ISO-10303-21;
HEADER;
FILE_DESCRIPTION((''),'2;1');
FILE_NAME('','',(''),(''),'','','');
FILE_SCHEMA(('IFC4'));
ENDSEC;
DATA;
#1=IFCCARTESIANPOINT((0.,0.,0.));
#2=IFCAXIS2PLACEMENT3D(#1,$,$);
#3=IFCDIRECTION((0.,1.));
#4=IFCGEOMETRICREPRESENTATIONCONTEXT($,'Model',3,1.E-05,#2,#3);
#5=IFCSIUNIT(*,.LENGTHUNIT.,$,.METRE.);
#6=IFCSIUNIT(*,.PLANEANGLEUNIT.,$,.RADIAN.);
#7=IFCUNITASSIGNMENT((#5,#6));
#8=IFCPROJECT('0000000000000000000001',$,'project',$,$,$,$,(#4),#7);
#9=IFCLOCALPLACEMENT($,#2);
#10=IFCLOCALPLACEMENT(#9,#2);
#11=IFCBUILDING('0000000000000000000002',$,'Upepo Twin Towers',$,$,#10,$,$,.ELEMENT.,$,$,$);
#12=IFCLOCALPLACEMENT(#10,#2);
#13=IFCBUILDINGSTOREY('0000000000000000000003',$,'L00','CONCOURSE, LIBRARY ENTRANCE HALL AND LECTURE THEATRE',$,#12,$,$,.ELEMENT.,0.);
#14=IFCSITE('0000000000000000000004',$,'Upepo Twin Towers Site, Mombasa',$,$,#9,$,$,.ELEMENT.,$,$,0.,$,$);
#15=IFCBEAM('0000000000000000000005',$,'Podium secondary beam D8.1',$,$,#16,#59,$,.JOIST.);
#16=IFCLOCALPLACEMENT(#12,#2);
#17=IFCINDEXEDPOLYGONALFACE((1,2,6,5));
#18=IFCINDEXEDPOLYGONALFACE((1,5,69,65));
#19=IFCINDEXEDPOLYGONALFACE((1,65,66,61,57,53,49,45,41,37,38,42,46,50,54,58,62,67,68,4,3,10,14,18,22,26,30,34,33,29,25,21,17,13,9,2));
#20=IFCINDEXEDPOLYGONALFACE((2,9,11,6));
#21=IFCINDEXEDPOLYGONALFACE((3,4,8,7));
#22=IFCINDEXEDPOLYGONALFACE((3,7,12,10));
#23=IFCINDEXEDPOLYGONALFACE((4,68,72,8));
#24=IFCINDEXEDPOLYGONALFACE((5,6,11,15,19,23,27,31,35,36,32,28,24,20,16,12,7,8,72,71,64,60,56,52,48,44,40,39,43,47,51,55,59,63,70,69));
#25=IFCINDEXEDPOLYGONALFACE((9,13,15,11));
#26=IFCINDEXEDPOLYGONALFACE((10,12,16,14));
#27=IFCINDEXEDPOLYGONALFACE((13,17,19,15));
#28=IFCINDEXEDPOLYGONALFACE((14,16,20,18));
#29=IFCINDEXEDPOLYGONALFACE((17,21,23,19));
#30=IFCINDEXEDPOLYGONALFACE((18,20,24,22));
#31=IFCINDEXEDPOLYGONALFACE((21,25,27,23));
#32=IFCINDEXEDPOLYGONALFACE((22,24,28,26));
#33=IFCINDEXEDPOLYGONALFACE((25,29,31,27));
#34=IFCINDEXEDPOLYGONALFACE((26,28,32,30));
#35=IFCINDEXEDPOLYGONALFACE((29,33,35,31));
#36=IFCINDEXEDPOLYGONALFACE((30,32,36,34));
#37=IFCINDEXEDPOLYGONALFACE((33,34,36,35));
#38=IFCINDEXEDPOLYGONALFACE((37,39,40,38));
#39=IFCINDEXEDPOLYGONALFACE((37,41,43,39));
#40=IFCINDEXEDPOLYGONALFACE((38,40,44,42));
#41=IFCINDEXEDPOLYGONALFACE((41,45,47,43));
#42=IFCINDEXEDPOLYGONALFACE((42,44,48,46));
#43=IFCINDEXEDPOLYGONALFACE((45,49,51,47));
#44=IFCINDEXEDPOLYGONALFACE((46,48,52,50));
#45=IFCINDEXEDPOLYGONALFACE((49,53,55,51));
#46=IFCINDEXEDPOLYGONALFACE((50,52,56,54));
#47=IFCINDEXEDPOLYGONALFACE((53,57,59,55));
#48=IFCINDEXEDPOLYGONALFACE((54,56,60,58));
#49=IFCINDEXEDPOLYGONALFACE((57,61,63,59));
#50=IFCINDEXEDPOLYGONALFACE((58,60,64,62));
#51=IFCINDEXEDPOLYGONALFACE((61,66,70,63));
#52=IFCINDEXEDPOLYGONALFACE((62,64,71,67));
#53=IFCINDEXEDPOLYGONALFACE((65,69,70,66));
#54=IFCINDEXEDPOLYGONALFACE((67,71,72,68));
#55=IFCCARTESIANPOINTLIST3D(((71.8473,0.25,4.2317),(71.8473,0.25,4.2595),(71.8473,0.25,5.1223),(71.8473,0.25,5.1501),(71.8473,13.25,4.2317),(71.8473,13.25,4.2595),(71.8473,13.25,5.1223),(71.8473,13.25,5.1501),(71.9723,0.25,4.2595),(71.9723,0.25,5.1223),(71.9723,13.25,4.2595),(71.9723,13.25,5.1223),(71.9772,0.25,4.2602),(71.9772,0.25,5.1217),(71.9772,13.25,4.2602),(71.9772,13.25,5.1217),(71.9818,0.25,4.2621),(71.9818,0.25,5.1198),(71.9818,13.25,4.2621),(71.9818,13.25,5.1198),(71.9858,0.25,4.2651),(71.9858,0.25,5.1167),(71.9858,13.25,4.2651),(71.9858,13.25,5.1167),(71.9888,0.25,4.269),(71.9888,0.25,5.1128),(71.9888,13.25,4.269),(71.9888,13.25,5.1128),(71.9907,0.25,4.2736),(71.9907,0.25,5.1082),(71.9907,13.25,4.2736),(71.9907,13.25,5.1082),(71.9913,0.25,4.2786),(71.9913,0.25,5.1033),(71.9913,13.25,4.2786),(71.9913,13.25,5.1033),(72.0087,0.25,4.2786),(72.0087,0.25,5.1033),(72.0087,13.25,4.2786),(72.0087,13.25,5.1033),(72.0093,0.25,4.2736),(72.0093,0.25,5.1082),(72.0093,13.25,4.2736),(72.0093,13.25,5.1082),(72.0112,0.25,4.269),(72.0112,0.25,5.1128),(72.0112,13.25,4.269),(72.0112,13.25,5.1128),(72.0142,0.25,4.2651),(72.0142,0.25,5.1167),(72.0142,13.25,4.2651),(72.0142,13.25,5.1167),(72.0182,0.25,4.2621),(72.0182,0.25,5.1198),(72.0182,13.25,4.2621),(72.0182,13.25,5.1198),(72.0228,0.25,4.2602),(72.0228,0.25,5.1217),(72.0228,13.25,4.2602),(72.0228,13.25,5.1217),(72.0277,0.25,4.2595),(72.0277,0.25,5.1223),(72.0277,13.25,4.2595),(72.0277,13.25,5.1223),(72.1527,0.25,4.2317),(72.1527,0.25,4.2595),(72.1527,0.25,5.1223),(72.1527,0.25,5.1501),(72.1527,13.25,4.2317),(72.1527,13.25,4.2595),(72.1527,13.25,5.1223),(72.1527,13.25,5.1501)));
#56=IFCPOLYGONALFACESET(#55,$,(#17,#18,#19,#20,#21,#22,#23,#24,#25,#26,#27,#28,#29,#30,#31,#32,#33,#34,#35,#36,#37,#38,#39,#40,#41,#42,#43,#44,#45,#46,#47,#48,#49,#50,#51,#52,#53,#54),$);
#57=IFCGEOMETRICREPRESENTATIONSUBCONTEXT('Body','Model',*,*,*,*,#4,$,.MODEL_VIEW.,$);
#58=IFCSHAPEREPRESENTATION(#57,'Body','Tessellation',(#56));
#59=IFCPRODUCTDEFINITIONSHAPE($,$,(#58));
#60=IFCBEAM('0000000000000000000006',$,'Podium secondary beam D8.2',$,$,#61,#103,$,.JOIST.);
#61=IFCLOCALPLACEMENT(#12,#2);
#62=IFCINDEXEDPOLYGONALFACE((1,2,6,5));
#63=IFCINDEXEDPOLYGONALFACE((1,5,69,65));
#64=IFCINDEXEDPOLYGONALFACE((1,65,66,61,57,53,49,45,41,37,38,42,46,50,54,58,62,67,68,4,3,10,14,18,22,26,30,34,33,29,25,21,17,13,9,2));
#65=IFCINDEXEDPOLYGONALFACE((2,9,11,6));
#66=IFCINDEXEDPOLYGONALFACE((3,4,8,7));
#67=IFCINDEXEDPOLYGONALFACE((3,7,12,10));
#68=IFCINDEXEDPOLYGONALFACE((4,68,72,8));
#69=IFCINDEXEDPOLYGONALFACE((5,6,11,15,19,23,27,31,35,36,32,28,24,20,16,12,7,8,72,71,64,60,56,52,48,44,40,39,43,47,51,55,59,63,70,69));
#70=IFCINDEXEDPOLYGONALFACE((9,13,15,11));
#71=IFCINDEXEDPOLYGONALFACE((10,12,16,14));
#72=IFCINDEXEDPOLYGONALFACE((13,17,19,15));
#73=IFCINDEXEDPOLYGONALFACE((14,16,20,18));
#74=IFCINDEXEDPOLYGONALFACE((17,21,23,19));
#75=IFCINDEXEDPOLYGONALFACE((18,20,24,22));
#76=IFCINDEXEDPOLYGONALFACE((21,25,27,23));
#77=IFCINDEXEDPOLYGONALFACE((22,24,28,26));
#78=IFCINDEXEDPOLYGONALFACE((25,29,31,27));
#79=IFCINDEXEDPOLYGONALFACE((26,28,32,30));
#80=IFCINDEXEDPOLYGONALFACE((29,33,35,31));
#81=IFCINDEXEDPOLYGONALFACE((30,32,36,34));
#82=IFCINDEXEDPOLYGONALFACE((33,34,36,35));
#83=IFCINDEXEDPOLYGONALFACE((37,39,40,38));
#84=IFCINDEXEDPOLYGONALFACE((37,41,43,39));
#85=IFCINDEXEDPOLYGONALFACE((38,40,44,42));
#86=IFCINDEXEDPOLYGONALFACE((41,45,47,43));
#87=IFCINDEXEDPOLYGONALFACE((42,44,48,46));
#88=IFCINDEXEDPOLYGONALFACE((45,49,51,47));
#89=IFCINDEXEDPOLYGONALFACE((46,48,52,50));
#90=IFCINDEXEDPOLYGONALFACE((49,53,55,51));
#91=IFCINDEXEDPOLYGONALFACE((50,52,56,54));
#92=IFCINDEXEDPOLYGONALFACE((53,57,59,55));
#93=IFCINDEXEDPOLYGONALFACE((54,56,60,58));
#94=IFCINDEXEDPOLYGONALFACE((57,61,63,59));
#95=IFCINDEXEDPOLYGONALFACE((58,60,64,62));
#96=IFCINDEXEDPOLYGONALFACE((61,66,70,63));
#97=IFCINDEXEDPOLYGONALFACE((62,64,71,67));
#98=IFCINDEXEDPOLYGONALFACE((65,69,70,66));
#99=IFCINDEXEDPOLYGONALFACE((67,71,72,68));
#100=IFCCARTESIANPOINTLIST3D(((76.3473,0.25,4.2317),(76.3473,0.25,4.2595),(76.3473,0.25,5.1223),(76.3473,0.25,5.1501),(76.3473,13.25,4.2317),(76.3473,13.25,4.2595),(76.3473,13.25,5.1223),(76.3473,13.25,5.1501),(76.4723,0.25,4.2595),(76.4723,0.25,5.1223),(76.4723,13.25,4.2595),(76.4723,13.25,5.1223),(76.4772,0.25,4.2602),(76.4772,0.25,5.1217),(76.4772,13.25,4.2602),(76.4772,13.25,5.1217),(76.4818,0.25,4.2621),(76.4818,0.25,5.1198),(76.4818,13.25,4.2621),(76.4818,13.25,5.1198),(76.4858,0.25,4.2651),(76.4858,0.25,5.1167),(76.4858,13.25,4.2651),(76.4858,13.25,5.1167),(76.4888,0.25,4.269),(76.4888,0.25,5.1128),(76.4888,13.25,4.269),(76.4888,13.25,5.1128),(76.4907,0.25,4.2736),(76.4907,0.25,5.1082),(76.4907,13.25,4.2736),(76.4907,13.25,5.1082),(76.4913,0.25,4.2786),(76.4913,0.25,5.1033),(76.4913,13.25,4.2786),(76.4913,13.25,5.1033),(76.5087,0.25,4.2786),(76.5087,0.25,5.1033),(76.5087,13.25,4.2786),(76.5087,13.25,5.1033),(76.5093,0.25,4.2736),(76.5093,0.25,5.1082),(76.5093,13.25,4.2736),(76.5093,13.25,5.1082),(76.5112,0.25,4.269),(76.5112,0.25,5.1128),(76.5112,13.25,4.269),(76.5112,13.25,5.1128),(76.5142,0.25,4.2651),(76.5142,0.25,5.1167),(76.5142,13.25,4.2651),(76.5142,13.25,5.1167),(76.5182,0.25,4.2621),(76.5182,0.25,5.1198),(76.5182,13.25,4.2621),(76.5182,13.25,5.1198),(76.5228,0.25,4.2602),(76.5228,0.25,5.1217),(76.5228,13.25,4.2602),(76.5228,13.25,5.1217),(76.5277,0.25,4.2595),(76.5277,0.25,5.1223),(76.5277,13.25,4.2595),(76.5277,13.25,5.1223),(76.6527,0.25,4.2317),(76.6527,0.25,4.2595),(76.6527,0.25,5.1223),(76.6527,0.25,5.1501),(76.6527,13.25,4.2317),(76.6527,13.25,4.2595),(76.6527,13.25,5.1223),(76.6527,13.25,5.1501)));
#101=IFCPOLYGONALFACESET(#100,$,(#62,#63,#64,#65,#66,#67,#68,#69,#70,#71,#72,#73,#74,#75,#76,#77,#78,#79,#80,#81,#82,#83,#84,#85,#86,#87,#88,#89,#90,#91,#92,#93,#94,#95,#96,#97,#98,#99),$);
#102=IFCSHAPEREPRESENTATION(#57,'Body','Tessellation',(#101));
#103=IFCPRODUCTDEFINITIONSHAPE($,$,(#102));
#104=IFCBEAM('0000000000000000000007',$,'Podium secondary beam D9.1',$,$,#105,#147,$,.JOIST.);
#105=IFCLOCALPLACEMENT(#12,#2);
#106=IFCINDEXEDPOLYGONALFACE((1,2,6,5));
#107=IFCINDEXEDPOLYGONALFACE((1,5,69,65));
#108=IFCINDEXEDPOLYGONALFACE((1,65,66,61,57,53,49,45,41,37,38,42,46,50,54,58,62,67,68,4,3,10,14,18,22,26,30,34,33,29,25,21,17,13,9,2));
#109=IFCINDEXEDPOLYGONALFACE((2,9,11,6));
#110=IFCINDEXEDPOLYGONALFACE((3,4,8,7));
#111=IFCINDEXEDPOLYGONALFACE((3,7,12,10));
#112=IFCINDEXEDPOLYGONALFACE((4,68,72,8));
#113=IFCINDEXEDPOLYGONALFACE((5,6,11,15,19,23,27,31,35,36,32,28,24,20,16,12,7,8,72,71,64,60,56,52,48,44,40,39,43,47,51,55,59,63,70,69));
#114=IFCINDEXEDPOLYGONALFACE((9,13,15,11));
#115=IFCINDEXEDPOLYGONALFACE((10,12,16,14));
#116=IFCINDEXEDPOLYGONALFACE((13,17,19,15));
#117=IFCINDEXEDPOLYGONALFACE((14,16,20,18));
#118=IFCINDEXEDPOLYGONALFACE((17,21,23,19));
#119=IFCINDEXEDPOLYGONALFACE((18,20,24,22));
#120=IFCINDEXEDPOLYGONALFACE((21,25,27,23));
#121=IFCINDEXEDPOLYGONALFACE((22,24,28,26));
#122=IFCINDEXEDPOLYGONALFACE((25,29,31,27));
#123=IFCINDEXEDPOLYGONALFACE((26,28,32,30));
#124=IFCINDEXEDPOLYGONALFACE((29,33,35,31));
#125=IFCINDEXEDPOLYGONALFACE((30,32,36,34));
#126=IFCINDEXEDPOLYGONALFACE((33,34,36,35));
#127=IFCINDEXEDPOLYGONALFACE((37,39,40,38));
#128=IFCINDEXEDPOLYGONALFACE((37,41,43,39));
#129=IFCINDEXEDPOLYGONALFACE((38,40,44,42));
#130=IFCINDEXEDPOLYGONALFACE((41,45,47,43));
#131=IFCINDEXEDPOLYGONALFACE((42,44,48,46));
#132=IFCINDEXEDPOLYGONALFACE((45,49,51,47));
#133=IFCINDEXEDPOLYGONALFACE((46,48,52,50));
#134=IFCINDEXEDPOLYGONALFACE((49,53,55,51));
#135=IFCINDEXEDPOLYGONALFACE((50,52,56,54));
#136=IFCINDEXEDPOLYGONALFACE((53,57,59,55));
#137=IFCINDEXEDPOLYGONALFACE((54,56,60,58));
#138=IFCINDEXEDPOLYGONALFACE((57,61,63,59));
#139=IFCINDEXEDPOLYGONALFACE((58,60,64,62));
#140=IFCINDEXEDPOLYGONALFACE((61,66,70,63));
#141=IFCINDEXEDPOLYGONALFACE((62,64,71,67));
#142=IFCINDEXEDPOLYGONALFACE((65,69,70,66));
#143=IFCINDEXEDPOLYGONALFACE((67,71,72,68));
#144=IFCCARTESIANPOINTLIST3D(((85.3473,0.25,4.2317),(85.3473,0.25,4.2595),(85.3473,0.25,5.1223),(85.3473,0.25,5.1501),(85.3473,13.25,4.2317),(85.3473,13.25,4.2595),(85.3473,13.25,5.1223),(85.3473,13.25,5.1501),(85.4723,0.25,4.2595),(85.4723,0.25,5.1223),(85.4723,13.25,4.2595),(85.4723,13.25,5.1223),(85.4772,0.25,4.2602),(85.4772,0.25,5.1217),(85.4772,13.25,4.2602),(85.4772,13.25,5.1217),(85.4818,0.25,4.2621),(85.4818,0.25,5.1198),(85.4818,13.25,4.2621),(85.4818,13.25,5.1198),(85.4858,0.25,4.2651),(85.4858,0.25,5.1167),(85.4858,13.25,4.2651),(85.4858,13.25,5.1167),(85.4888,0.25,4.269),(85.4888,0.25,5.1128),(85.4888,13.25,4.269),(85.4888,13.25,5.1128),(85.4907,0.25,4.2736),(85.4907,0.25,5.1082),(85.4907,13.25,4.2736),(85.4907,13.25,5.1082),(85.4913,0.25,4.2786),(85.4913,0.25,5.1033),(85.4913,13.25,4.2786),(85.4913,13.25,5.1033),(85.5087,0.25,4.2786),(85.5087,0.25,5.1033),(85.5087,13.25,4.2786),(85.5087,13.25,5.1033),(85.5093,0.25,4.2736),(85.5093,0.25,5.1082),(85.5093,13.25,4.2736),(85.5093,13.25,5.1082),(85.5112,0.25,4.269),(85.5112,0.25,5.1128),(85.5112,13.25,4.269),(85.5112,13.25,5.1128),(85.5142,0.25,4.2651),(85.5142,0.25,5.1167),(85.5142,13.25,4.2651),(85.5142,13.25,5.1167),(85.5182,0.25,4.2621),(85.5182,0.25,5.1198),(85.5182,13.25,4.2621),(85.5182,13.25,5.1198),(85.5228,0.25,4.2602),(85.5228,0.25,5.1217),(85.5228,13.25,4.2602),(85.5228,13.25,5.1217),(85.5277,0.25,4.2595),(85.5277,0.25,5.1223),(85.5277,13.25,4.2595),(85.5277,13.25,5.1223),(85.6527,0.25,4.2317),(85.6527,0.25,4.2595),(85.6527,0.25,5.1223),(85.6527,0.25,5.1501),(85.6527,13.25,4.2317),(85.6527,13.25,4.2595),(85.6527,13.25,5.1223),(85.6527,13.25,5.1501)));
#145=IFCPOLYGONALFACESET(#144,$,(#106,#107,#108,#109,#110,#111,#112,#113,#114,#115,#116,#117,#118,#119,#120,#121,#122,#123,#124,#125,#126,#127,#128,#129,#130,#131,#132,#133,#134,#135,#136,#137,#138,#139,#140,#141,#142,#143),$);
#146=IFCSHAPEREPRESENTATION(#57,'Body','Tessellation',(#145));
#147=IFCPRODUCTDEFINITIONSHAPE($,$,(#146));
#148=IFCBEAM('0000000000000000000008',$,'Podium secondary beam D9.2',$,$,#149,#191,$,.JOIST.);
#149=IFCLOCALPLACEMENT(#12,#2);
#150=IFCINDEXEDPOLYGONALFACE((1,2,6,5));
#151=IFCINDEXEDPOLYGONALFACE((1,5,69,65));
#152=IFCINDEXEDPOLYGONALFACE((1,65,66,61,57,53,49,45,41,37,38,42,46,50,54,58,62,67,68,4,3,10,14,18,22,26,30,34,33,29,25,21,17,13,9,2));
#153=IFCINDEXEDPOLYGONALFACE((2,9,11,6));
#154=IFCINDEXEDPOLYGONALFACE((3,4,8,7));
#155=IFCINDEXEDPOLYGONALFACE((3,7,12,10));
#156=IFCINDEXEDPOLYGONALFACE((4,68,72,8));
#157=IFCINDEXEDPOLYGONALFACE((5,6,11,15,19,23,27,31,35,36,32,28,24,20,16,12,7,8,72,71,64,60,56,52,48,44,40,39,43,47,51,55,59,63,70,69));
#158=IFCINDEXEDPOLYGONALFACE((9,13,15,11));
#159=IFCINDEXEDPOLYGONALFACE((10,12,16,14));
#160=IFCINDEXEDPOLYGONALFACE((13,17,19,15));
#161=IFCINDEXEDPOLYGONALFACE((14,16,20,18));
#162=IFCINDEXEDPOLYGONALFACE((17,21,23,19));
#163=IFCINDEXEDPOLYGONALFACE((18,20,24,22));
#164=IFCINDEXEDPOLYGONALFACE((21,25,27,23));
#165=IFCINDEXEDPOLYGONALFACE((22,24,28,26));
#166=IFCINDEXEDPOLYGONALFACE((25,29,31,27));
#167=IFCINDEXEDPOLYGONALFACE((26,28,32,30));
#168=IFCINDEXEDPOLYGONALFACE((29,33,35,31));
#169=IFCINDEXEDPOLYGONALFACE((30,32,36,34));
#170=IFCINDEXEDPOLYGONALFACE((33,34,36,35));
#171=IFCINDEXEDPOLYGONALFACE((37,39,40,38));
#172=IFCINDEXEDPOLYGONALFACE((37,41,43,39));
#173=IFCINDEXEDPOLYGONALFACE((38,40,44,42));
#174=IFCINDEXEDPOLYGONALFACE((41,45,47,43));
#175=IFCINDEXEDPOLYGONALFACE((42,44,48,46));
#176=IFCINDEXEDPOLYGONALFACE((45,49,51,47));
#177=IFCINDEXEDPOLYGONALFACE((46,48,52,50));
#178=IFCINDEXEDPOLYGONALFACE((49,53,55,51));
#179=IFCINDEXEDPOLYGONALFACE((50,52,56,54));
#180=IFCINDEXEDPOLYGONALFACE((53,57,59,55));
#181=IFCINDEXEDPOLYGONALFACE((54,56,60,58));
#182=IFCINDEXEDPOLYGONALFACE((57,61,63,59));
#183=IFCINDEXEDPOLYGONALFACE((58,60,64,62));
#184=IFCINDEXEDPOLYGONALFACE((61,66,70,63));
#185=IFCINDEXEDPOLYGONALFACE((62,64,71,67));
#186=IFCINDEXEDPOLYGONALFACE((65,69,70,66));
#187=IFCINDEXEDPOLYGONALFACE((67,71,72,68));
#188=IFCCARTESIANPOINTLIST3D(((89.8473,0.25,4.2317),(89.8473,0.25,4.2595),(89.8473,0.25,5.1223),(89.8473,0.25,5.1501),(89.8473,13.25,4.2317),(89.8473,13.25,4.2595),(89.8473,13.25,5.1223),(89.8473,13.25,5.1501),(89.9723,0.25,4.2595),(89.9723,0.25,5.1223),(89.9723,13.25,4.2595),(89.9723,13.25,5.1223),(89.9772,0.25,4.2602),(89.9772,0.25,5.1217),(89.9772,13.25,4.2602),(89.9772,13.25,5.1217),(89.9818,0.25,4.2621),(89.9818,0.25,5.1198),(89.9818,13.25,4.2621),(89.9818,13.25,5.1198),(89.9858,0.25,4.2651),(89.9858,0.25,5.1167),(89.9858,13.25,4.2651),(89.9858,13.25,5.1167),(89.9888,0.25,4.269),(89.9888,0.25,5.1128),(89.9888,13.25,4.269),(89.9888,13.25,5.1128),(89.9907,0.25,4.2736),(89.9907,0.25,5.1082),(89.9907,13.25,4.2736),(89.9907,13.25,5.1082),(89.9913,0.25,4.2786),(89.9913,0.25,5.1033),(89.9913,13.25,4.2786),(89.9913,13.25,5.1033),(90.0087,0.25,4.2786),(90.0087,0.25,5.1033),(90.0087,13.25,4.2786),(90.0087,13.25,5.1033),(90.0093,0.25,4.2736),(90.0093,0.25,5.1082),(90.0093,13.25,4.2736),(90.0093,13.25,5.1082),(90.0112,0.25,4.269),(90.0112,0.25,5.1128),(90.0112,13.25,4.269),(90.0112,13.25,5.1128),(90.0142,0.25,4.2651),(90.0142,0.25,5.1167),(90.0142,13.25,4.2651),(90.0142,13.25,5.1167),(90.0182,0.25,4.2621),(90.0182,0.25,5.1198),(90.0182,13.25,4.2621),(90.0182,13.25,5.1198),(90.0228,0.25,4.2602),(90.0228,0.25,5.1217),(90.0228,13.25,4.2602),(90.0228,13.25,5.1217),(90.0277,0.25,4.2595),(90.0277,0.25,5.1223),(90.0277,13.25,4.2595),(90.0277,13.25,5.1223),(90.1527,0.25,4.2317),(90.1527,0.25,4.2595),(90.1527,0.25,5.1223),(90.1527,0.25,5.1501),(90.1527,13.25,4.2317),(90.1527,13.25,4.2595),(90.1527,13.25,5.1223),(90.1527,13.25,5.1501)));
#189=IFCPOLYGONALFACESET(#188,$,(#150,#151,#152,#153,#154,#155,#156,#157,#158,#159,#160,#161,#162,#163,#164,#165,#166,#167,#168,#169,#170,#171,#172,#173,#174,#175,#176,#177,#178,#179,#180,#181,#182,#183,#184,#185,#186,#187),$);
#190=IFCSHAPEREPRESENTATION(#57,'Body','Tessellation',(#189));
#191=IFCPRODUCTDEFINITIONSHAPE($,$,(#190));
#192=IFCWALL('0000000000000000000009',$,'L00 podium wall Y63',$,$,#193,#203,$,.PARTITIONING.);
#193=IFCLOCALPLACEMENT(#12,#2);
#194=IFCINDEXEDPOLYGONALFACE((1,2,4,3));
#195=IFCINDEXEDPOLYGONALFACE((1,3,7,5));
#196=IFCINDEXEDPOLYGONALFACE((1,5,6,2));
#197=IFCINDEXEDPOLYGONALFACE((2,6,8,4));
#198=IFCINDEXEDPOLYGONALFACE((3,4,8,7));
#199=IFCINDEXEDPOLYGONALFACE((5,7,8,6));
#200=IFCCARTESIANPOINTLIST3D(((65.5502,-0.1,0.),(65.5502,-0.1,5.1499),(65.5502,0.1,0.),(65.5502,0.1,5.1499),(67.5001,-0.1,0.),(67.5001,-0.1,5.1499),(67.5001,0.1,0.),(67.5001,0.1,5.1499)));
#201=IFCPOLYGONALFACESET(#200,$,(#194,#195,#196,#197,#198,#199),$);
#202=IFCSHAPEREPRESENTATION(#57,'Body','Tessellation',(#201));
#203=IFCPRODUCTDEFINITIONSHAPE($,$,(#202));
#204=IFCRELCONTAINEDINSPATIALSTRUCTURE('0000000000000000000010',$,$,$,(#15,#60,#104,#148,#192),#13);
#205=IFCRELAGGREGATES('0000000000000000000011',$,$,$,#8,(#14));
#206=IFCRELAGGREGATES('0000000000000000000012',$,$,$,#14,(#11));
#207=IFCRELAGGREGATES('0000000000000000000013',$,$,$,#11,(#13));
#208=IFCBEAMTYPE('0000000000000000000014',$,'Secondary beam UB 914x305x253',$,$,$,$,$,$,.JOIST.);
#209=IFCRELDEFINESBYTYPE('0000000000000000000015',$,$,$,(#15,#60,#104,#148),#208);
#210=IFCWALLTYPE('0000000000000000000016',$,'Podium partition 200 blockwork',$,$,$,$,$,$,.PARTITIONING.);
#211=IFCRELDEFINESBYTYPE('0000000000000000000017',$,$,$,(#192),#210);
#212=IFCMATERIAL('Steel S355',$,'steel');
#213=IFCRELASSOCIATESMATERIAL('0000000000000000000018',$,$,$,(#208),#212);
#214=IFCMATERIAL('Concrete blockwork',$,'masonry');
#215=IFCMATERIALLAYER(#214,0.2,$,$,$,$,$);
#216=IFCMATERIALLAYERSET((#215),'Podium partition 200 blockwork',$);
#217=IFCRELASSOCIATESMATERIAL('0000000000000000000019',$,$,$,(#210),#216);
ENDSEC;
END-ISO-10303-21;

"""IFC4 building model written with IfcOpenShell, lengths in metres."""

from ifc_helpers import new_model, si_unit, direction, frame, frame_2d, origin, origin_2d, place, context, subcontext, project, spatial, rectangle, i_section, extrude, material, layer, layer_set, material_profile, profile_set, type_object, element, save


model = new_model("IFC4")

# Units and contexts
model_context = context("Model", 3, precision=1e-05, world=origin(), true_north=direction((0.0, 1.0)))
body_context = subcontext(model_context, "Body", "Model", "MODEL_VIEW")
ifc_project = project(units=[si_unit("LENGTHUNIT", "METRE"), si_unit("PLANEANGLEUNIT", "RADIAN")], contexts=[model_context])

# Site, building, storey
site_placement = place(None, origin())
site = spatial("IfcSite", under=ifc_project, at=site_placement, Name="Upepo Twin Towers Site, Mombasa", CompositionType="ELEMENT", RefElevation=0.0)
building_placement = place(site_placement, origin())
building = spatial("IfcBuilding", under=site, at=building_placement, Name="Upepo Twin Towers", CompositionType="ELEMENT")
storey_placement = place(building_placement, origin())
storey = spatial("IfcBuildingStorey", under=building, at=storey_placement, Name="L00", Description="CONCOURSE, LIBRARY ENTRANCE HALL AND LECTURE THEATRE", CompositionType="ELEMENT", Elevation=0.0)

# Beams
ifc_material_1 = material(Name="Steel S355", Category="steel")
ifc_material_profile_1 = material_profile(ifc_material_1, i_section(OverallWidth=0.3054, OverallDepth=0.9185, WebThickness=0.0173, FlangeThickness=0.0278, FilletRadius=0.019, at=origin_2d()), Name="UB 914x305x253")
ifc_profile_set_1 = profile_set([ifc_material_profile_1], Name="Steel S355")
beam_type_1 = type_object("IfcBeamType", Name="Secondary beam UB 914x305x253", PredefinedType="JOIST", material=ifc_profile_set_1)
for number, where, z_axis, x_axis, name in (
    (1, (72.0, 0.25, 4.6909), (0.0, 1.0, 0.0), (-1.0, 0.0, 0.0), "Podium secondary beam D8.1"),
    (2, (76.5, 0.25, 4.6909), (0.0, 1.0, 0.0), (-1.0, 0.0, 0.0), "Podium secondary beam D8.2"),
    (3, (85.5, 0.25, 4.6909), (0.0, 1.0, 0.0), (-1.0, 0.0, 0.0), "Podium secondary beam D9.1"),
    (4, (90.0, 0.25, 4.6909), (0.0, 1.0, 0.0), (-1.0, 0.0, 0.0), "Podium secondary beam D9.2"),
):
    element("IfcBeam", number, at=place(storey_placement, frame(where, z_axis=z_axis, x_axis=x_axis)), inside=storey, type_object=beam_type_1, Name=name, PredefinedType="JOIST", context=body_context, shape_type="SweptSolid", body=[
        extrude(i_section(OverallWidth=0.3054, OverallDepth=0.9185, WebThickness=0.0173, FlangeThickness=0.0278, FilletRadius=0.019, at=origin_2d()), origin(), (0.0, 0.0, 1.0), 13.0),
    ])

# Wall
ifc_material_2 = material(Name="Concrete blockwork", Category="masonry")
ifc_layer_1 = layer(ifc_material_2, 0.2)
ifc_layer_set_1 = layer_set([ifc_layer_1], Name="Podium partition 200 blockwork")
wall_type_1 = type_object("IfcWallType", Name="Podium partition 200 blockwork", PredefinedType="PARTITIONING", material=ifc_layer_set_1)
wall_1_placement = place(storey_placement, frame((65.55, 0.0, 0.0), z_axis=(0.0, 0.0, 1.0), x_axis=(1.0, 0.0, 0.0)))
element("IfcWall", 5, at=wall_1_placement, inside=storey, type_object=wall_type_1, Name="L00 podium wall Y63", PredefinedType="PARTITIONING", context=body_context, shape_type="SweptSolid", body=[
    extrude(rectangle(XDim=1.95, YDim=0.2, at=frame_2d((0.9751, 0.0))), origin(), (0.0, 0.0, 1.0), 5.1499),
])

save(model, "model.ifc")
